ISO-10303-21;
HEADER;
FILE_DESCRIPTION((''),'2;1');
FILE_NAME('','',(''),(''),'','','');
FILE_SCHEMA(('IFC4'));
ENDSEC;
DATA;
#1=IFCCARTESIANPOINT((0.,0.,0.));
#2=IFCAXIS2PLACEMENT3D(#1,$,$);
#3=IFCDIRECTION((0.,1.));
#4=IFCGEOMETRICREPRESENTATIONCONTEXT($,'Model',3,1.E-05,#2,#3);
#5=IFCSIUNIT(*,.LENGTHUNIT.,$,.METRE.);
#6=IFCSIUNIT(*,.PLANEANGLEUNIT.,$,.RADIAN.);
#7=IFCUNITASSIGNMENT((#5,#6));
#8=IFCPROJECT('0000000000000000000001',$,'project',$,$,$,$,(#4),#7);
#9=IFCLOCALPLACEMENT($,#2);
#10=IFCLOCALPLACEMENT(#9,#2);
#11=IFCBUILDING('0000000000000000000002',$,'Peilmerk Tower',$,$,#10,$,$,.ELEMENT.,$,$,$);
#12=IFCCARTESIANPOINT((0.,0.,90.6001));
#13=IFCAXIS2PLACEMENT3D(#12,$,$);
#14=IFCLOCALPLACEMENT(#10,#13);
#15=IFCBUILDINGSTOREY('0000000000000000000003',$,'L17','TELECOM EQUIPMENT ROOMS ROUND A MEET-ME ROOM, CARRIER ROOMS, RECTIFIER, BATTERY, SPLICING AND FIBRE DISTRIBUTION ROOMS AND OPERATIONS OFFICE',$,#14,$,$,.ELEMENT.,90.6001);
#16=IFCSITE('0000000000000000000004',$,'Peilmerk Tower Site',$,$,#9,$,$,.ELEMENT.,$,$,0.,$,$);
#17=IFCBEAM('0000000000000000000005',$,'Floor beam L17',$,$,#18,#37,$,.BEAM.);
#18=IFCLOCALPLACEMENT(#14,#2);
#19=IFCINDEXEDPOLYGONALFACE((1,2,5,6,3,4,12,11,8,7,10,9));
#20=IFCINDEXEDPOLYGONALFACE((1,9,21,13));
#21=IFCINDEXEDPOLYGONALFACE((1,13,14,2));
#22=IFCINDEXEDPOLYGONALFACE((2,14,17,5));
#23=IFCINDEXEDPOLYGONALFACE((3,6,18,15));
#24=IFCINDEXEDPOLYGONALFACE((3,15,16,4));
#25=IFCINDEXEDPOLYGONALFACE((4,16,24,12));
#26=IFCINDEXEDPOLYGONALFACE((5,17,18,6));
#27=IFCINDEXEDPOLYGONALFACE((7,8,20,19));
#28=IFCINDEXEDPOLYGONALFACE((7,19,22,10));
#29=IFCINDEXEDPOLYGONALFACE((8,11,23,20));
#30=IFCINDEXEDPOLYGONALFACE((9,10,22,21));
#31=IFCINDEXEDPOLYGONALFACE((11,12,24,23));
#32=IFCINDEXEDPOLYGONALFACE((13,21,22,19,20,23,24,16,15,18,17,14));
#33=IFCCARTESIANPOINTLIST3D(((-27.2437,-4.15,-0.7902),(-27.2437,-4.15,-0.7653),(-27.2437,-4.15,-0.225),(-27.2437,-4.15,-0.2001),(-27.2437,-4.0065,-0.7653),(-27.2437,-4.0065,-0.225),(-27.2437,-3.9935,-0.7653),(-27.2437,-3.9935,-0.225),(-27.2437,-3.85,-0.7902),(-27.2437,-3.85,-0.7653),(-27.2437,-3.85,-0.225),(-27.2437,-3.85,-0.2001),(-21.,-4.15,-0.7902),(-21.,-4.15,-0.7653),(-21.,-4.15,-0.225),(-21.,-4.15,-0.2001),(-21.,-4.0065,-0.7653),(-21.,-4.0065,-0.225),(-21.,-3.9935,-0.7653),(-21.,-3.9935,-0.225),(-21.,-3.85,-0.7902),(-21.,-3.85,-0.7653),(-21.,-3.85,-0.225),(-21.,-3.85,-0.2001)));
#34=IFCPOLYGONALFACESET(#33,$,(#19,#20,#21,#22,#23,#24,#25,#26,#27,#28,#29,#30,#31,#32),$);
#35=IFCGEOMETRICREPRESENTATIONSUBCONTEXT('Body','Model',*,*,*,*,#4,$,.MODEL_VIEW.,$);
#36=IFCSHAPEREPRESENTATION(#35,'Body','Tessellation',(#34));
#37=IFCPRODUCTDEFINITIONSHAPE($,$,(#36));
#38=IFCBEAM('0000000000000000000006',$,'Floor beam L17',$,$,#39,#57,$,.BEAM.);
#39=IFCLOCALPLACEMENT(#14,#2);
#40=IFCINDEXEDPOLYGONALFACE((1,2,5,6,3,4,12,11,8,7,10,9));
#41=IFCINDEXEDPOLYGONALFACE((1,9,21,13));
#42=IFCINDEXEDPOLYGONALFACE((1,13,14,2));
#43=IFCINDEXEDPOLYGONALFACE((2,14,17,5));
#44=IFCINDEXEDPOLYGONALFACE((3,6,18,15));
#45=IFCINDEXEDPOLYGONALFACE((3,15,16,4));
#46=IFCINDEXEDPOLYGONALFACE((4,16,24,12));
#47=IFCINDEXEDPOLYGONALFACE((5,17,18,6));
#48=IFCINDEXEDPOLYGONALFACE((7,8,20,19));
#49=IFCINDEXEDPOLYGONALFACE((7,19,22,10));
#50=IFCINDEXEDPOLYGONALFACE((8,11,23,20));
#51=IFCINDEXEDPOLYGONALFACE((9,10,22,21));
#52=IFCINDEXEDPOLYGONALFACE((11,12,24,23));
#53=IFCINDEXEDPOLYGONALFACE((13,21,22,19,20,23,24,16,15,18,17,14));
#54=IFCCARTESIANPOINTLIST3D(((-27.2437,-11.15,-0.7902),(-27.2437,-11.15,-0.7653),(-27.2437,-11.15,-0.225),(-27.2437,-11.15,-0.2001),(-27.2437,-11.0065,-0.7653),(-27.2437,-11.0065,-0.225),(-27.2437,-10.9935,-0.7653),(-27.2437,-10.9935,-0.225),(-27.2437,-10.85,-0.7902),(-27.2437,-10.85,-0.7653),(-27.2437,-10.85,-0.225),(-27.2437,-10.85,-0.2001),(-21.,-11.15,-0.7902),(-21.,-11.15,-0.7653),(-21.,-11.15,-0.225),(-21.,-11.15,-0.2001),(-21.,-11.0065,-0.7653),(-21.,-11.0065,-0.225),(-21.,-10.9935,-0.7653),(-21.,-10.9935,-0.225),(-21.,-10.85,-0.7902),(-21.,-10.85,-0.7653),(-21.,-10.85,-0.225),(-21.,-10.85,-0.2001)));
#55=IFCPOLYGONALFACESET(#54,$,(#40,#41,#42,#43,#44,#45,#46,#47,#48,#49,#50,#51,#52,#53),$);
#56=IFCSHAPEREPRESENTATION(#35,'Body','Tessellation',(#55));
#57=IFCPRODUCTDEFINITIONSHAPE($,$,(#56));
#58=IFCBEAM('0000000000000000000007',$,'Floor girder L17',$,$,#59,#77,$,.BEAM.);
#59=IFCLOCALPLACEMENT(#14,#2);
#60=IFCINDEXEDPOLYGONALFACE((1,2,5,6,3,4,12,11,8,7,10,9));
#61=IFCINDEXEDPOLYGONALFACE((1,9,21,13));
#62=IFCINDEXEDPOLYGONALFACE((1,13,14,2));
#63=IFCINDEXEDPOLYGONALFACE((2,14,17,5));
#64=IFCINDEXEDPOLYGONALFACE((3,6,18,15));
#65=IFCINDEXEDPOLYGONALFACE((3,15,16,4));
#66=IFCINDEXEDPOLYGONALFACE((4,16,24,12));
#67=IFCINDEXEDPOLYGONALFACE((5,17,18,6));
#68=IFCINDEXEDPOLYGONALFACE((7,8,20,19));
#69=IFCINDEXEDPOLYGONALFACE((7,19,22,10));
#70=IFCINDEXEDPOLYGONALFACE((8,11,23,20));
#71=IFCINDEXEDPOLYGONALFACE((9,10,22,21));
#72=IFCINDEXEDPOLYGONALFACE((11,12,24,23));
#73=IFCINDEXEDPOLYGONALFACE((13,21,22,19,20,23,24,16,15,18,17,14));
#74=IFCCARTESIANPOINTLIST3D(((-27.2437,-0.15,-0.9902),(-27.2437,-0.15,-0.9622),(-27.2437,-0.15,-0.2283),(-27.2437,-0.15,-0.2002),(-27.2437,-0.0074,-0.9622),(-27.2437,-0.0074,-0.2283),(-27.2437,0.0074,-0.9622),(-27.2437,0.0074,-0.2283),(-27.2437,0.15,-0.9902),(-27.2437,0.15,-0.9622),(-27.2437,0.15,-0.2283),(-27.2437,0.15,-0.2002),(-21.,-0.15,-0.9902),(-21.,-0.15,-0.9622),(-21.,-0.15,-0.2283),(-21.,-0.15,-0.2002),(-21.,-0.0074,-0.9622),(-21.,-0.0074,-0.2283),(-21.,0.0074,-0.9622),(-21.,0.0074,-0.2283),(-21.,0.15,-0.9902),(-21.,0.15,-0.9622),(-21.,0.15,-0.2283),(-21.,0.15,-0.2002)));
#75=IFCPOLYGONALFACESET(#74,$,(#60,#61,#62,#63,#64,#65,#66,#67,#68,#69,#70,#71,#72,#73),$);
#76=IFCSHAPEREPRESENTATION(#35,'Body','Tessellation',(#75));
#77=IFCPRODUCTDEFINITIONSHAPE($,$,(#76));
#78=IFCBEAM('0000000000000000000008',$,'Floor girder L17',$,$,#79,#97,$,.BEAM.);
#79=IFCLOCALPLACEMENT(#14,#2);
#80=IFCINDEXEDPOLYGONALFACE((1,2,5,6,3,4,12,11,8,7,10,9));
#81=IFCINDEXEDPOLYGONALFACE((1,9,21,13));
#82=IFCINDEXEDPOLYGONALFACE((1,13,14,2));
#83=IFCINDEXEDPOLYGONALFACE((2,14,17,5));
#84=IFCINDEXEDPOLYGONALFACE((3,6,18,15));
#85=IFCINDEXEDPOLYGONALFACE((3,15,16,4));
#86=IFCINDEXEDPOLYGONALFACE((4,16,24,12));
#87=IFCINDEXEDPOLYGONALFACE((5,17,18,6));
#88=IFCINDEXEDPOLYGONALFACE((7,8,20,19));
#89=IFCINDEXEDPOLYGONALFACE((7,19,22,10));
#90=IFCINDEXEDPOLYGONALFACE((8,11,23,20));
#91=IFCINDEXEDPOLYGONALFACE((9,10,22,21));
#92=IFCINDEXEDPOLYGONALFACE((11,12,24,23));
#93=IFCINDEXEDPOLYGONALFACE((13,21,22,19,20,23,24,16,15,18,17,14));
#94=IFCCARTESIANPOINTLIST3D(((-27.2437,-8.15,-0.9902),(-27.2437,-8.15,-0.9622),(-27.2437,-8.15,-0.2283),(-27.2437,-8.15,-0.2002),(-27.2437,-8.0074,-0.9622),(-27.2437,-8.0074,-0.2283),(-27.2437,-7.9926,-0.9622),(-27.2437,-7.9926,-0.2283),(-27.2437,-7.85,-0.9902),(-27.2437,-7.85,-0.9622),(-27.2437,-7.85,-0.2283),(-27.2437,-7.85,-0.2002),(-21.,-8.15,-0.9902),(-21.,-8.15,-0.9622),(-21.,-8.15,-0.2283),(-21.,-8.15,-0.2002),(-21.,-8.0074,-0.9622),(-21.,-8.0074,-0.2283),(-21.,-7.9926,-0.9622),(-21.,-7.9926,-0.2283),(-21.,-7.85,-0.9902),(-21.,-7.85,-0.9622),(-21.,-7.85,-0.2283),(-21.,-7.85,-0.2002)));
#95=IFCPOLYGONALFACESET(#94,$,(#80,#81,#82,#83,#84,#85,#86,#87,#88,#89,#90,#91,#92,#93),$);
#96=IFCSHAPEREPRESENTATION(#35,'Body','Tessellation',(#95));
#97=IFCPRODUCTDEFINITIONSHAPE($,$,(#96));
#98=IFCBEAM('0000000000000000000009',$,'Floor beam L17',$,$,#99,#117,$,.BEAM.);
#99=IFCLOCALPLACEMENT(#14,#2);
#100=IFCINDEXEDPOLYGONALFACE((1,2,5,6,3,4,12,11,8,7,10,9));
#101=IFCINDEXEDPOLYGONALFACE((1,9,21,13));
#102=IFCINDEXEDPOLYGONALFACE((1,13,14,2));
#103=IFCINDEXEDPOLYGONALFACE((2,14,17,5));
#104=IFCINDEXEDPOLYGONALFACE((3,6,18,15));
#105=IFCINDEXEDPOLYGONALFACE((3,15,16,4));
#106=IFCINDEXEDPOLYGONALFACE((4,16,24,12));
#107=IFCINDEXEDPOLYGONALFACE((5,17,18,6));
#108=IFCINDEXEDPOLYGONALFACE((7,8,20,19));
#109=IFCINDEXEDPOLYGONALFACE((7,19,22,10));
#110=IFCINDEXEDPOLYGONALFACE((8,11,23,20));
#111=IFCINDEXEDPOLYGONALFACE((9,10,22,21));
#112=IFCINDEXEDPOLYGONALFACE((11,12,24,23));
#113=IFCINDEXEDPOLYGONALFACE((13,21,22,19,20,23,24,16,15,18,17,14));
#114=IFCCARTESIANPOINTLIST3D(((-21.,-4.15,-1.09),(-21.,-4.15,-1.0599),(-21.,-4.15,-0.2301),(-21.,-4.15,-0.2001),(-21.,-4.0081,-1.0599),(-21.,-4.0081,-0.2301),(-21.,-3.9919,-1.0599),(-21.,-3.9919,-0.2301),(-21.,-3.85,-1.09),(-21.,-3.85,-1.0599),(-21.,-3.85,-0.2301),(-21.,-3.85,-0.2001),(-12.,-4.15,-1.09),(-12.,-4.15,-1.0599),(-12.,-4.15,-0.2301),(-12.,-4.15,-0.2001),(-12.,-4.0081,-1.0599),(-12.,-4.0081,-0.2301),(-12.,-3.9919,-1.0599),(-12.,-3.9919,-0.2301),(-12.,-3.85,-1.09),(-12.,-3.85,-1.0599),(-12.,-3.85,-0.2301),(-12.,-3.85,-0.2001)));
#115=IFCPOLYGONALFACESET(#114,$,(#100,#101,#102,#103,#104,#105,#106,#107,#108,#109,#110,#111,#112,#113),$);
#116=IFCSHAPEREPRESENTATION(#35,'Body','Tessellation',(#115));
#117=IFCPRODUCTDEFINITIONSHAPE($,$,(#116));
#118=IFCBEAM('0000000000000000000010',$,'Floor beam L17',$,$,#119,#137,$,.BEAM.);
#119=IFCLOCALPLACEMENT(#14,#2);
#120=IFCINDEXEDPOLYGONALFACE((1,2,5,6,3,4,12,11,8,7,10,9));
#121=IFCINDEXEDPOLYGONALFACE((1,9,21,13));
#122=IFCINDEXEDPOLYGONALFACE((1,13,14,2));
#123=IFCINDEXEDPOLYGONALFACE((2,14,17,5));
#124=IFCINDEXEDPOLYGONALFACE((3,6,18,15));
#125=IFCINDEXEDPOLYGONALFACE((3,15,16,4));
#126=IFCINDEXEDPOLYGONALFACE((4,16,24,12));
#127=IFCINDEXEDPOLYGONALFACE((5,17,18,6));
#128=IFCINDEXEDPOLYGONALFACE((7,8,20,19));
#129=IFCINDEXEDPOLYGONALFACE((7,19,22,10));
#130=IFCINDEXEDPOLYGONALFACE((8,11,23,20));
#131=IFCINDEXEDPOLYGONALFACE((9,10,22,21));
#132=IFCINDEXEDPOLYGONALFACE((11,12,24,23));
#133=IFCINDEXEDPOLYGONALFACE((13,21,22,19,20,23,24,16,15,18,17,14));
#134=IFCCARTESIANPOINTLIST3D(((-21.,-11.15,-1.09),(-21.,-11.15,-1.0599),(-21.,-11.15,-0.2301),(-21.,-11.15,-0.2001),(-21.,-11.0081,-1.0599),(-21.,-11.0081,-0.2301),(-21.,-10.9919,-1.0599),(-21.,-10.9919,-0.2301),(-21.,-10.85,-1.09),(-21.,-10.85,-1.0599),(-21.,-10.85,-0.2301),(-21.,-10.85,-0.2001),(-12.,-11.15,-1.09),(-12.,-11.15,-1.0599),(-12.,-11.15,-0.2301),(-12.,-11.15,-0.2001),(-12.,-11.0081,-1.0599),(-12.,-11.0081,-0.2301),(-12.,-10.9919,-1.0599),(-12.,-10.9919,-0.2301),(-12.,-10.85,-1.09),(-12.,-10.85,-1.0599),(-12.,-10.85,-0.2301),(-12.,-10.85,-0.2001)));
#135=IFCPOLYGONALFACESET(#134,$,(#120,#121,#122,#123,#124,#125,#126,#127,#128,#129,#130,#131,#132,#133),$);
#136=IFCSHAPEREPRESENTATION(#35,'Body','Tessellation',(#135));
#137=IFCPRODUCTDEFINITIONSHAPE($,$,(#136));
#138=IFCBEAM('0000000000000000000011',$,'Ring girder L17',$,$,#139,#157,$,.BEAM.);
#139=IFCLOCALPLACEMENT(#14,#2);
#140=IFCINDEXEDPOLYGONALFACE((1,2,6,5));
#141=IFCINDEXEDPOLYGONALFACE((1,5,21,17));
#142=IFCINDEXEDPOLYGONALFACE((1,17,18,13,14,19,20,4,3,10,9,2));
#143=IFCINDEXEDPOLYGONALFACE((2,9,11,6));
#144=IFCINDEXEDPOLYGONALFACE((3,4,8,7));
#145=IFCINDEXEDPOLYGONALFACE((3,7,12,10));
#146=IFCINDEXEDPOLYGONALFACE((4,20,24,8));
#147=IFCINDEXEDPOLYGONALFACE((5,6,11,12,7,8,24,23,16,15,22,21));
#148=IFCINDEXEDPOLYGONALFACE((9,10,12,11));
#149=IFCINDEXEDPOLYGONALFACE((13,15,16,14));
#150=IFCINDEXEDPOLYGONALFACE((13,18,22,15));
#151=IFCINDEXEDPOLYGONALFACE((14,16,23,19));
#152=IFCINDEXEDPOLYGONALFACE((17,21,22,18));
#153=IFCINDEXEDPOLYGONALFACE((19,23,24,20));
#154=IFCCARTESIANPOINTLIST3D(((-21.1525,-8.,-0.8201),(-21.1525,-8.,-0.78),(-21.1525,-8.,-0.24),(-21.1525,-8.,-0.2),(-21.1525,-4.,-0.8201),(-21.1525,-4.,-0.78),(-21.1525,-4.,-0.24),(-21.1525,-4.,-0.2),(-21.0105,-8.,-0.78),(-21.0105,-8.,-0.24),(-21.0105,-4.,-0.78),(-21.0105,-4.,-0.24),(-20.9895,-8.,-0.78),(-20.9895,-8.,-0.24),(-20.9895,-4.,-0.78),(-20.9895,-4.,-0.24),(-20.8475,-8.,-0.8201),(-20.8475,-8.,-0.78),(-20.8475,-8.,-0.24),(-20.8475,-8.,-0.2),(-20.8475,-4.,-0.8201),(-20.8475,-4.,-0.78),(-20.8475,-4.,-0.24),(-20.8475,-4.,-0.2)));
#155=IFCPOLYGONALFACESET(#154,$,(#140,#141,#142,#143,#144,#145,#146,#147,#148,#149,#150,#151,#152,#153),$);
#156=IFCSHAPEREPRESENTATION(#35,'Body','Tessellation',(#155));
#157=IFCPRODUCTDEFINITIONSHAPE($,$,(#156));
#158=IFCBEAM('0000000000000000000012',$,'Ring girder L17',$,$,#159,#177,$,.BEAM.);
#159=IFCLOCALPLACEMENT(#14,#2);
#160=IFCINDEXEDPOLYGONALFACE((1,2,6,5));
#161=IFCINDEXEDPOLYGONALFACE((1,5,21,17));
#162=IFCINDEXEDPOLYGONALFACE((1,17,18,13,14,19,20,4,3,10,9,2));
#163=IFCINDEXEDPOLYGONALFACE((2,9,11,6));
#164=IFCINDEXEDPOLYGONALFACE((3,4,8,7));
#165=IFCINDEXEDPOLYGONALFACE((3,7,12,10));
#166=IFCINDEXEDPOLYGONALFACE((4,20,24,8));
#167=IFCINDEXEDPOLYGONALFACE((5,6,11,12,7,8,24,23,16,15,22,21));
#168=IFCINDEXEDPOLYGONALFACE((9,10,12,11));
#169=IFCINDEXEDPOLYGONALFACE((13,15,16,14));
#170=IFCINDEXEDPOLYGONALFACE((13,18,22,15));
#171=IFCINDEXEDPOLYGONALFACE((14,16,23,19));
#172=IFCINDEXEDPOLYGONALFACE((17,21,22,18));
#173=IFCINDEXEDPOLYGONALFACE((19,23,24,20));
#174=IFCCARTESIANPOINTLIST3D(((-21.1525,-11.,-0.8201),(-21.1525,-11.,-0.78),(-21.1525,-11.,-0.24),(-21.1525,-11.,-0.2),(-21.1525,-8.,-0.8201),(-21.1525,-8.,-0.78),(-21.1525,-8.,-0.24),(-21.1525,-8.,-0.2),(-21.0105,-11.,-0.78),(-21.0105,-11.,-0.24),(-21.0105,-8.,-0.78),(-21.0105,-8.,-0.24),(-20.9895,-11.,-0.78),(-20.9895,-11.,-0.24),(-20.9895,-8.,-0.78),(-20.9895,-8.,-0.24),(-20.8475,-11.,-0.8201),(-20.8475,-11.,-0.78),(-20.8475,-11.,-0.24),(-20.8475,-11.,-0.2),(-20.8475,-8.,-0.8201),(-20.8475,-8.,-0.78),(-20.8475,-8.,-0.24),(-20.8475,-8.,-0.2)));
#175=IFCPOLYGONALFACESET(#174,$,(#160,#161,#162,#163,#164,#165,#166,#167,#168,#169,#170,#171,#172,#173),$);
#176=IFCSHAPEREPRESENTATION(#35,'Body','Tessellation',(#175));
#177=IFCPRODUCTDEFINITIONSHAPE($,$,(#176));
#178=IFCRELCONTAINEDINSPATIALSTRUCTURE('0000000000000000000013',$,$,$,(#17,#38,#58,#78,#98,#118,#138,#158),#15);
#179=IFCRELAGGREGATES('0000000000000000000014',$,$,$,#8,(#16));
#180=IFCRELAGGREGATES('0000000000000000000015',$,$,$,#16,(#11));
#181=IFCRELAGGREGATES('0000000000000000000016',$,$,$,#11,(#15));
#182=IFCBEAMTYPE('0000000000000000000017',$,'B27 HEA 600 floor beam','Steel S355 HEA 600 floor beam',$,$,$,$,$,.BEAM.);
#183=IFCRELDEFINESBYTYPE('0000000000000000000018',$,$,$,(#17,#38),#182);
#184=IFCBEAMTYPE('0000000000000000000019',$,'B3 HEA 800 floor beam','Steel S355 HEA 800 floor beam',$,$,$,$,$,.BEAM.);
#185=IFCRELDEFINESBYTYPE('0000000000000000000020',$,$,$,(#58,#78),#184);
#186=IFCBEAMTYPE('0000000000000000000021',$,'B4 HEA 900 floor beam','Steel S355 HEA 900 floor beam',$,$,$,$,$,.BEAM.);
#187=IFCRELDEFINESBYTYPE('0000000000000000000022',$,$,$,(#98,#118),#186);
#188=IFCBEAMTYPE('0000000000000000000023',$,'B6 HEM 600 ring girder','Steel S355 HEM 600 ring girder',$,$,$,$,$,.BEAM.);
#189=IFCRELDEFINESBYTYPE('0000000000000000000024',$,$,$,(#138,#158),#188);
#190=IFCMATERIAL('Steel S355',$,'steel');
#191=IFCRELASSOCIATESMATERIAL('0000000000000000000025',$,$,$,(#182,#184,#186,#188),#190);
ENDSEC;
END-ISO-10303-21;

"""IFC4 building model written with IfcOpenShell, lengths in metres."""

from ifc_helpers import new_model, si_unit, direction, frame, origin, origin_2d, place, context, subcontext, project, spatial, i_section, extrude, material, material_profile, profile_set, type_object, element, save


model = new_model("IFC4")

# Units and contexts
model_context = context("Model", 3, precision=1e-05, world=origin(), true_north=direction((0.0, 1.0)))
body_context = subcontext(model_context, "Body", "Model", "MODEL_VIEW")
ifc_project = project(units=[si_unit("LENGTHUNIT", "METRE"), si_unit("PLANEANGLEUNIT", "RADIAN")], contexts=[model_context])

# Site, building, storey
site_placement = place(None, origin())
site = spatial("IfcSite", under=ifc_project, at=site_placement, Name="Peilmerk Tower Site", CompositionType="ELEMENT", RefElevation=0.0)
building_placement = place(site_placement, origin())
building = spatial("IfcBuilding", under=site, at=building_placement, Name="Peilmerk Tower", CompositionType="ELEMENT")
storey_placement = place(building_placement, frame((0.0, 0.0, 90.6001)))
storey = spatial("IfcBuildingStorey", under=building, at=storey_placement, Name="L17", Description="TELECOM EQUIPMENT ROOMS ROUND A MEET-ME ROOM, CARRIER ROOMS, RECTIFIER, BATTERY, SPLICING AND FIBRE DISTRIBUTION ROOMS AND OPERATIONS OFFICE", CompositionType="ELEMENT", Elevation=90.6001)

# Beams
ifc_material_1 = material(Name="Steel S355", Category="steel")
ifc_material_profile_1 = material_profile(ifc_material_1, i_section(OverallWidth=0.3, OverallDepth=0.5901, WebThickness=0.0129, FlangeThickness=0.0249, at=origin_2d()), Name="HEA 600")
ifc_profile_set_1 = profile_set([ifc_material_profile_1], Name="Steel S355")
beam_type_1 = type_object("IfcBeamType", Name="B27 HEA 600 floor beam", Description="Steel S355 HEA 600 floor beam", PredefinedType="BEAM", material=ifc_profile_set_1)
for number, where, z_axis, x_axis, name in (
    (1, (-21.0, -4.0, -0.4951), (-1.0, 0.0, 0.0), (0.0, -1.0, 0.0), "Floor beam L17"),
    (2, (-21.0, -11.0, -0.4951), (-1.0, 0.0, 0.0), (0.0, -1.0, 0.0), "Floor beam L17"),
):
    element("IfcBeam", number, at=place(storey_placement, frame(where, z_axis=z_axis, x_axis=x_axis)), inside=storey, type_object=beam_type_1, Name=name, PredefinedType="BEAM", context=body_context, shape_type="SweptSolid", body=[
        extrude(i_section(OverallWidth=0.3, OverallDepth=0.5901, WebThickness=0.0129, FlangeThickness=0.0249, at=origin_2d()), origin(), (0.0, 0.0, 1.0), 6.2437),
    ])
ifc_material_profile_2 = material_profile(ifc_material_1, i_section(OverallWidth=0.3, OverallDepth=0.79, WebThickness=0.0149, FlangeThickness=0.0281, at=origin_2d()), Name="HEA 800")
ifc_profile_set_2 = profile_set([ifc_material_profile_2], Name="Steel S355")
beam_type_2 = type_object("IfcBeamType", Name="B3 HEA 800 floor beam", Description="Steel S355 HEA 800 floor beam", PredefinedType="BEAM", material=ifc_profile_set_2)
for number, where, z_axis, x_axis, name in (
    (3, (-21.0, 0.0, -0.5952), (-1.0, 0.0, 0.0), (0.0, -1.0, 0.0), "Floor girder L17"),
    (4, (-21.0, -8.0, -0.5952), (-1.0, 0.0, 0.0), (0.0, -1.0, 0.0), "Floor girder L17"),
):
    element("IfcBeam", number, at=place(storey_placement, frame(where, z_axis=z_axis, x_axis=x_axis)), inside=storey, type_object=beam_type_2, Name=name, PredefinedType="BEAM", context=body_context, shape_type="SweptSolid", body=[
        extrude(i_section(OverallWidth=0.3, OverallDepth=0.79, WebThickness=0.0149, FlangeThickness=0.0281, at=origin_2d()), origin(), (0.0, 0.0, 1.0), 6.2437),
    ])
ifc_material_profile_3 = material_profile(ifc_material_1, i_section(OverallWidth=0.3, OverallDepth=0.8899, WebThickness=0.0161, FlangeThickness=0.03, at=origin_2d()), Name="HEA 900")
ifc_profile_set_3 = profile_set([ifc_material_profile_3], Name="Steel S355")
beam_type_3 = type_object("IfcBeamType", Name="B4 HEA 900 floor beam", Description="Steel S355 HEA 900 floor beam", PredefinedType="BEAM", material=ifc_profile_set_3)
for number, where, z_axis, x_axis, name in (
    (5, (-12.0, -4.0, -0.645), (-1.0, 0.0, 0.0), (0.0, -1.0, 0.0), "Floor beam L17"),
    (6, (-12.0, -11.0, -0.645), (-1.0, 0.0, 0.0), (0.0, -1.0, 0.0), "Floor beam L17"),
):
    element("IfcBeam", number, at=place(storey_placement, frame(where, z_axis=z_axis, x_axis=x_axis)), inside=storey, type_object=beam_type_3, Name=name, PredefinedType="BEAM", context=body_context, shape_type="SweptSolid", body=[
        extrude(i_section(OverallWidth=0.3, OverallDepth=0.8899, WebThickness=0.0161, FlangeThickness=0.03, at=origin_2d()), origin(), (0.0, 0.0, 1.0), 9.0),
    ])
ifc_material_profile_4 = material_profile(ifc_material_1, i_section(OverallWidth=0.3049, OverallDepth=0.6201, WebThickness=0.021, FlangeThickness=0.04, at=origin_2d()), Name="HEM 600")
ifc_profile_set_4 = profile_set([ifc_material_profile_4], Name="Steel S355")
beam_type_4 = type_object("IfcBeamType", Name="B6 HEM 600 ring girder", Description="Steel S355 HEM 600 ring girder", PredefinedType="BEAM", material=ifc_profile_set_4)
beam_1_placement = place(storey_placement, frame((-21.0, -4.0, -0.51), z_axis=(0.0, -1.0, 0.0), x_axis=(1.0, 0.0, 0.0)))
element("IfcBeam", 7, at=beam_1_placement, inside=storey, type_object=beam_type_4, Name="Ring girder L17", PredefinedType="BEAM", context=body_context, shape_type="SweptSolid", body=[
    extrude(i_section(OverallWidth=0.3049, OverallDepth=0.6201, WebThickness=0.021, FlangeThickness=0.04, at=origin_2d()), origin(), (0.0, 0.0, 1.0), 4.0),
])
beam_2_placement = place(storey_placement, frame((-21.0, -8.0, -0.51), z_axis=(0.0, -1.0, 0.0), x_axis=(1.0, 0.0, 0.0)))
element("IfcBeam", 8, at=beam_2_placement, inside=storey, type_object=beam_type_4, Name="Ring girder L17", PredefinedType="BEAM", context=body_context, shape_type="SweptSolid", body=[
    extrude(i_section(OverallWidth=0.3049, OverallDepth=0.6201, WebThickness=0.021, FlangeThickness=0.04, at=origin_2d()), origin(), (0.0, 0.0, 1.0), 3.0),
])

save(model, "model.ifc")
